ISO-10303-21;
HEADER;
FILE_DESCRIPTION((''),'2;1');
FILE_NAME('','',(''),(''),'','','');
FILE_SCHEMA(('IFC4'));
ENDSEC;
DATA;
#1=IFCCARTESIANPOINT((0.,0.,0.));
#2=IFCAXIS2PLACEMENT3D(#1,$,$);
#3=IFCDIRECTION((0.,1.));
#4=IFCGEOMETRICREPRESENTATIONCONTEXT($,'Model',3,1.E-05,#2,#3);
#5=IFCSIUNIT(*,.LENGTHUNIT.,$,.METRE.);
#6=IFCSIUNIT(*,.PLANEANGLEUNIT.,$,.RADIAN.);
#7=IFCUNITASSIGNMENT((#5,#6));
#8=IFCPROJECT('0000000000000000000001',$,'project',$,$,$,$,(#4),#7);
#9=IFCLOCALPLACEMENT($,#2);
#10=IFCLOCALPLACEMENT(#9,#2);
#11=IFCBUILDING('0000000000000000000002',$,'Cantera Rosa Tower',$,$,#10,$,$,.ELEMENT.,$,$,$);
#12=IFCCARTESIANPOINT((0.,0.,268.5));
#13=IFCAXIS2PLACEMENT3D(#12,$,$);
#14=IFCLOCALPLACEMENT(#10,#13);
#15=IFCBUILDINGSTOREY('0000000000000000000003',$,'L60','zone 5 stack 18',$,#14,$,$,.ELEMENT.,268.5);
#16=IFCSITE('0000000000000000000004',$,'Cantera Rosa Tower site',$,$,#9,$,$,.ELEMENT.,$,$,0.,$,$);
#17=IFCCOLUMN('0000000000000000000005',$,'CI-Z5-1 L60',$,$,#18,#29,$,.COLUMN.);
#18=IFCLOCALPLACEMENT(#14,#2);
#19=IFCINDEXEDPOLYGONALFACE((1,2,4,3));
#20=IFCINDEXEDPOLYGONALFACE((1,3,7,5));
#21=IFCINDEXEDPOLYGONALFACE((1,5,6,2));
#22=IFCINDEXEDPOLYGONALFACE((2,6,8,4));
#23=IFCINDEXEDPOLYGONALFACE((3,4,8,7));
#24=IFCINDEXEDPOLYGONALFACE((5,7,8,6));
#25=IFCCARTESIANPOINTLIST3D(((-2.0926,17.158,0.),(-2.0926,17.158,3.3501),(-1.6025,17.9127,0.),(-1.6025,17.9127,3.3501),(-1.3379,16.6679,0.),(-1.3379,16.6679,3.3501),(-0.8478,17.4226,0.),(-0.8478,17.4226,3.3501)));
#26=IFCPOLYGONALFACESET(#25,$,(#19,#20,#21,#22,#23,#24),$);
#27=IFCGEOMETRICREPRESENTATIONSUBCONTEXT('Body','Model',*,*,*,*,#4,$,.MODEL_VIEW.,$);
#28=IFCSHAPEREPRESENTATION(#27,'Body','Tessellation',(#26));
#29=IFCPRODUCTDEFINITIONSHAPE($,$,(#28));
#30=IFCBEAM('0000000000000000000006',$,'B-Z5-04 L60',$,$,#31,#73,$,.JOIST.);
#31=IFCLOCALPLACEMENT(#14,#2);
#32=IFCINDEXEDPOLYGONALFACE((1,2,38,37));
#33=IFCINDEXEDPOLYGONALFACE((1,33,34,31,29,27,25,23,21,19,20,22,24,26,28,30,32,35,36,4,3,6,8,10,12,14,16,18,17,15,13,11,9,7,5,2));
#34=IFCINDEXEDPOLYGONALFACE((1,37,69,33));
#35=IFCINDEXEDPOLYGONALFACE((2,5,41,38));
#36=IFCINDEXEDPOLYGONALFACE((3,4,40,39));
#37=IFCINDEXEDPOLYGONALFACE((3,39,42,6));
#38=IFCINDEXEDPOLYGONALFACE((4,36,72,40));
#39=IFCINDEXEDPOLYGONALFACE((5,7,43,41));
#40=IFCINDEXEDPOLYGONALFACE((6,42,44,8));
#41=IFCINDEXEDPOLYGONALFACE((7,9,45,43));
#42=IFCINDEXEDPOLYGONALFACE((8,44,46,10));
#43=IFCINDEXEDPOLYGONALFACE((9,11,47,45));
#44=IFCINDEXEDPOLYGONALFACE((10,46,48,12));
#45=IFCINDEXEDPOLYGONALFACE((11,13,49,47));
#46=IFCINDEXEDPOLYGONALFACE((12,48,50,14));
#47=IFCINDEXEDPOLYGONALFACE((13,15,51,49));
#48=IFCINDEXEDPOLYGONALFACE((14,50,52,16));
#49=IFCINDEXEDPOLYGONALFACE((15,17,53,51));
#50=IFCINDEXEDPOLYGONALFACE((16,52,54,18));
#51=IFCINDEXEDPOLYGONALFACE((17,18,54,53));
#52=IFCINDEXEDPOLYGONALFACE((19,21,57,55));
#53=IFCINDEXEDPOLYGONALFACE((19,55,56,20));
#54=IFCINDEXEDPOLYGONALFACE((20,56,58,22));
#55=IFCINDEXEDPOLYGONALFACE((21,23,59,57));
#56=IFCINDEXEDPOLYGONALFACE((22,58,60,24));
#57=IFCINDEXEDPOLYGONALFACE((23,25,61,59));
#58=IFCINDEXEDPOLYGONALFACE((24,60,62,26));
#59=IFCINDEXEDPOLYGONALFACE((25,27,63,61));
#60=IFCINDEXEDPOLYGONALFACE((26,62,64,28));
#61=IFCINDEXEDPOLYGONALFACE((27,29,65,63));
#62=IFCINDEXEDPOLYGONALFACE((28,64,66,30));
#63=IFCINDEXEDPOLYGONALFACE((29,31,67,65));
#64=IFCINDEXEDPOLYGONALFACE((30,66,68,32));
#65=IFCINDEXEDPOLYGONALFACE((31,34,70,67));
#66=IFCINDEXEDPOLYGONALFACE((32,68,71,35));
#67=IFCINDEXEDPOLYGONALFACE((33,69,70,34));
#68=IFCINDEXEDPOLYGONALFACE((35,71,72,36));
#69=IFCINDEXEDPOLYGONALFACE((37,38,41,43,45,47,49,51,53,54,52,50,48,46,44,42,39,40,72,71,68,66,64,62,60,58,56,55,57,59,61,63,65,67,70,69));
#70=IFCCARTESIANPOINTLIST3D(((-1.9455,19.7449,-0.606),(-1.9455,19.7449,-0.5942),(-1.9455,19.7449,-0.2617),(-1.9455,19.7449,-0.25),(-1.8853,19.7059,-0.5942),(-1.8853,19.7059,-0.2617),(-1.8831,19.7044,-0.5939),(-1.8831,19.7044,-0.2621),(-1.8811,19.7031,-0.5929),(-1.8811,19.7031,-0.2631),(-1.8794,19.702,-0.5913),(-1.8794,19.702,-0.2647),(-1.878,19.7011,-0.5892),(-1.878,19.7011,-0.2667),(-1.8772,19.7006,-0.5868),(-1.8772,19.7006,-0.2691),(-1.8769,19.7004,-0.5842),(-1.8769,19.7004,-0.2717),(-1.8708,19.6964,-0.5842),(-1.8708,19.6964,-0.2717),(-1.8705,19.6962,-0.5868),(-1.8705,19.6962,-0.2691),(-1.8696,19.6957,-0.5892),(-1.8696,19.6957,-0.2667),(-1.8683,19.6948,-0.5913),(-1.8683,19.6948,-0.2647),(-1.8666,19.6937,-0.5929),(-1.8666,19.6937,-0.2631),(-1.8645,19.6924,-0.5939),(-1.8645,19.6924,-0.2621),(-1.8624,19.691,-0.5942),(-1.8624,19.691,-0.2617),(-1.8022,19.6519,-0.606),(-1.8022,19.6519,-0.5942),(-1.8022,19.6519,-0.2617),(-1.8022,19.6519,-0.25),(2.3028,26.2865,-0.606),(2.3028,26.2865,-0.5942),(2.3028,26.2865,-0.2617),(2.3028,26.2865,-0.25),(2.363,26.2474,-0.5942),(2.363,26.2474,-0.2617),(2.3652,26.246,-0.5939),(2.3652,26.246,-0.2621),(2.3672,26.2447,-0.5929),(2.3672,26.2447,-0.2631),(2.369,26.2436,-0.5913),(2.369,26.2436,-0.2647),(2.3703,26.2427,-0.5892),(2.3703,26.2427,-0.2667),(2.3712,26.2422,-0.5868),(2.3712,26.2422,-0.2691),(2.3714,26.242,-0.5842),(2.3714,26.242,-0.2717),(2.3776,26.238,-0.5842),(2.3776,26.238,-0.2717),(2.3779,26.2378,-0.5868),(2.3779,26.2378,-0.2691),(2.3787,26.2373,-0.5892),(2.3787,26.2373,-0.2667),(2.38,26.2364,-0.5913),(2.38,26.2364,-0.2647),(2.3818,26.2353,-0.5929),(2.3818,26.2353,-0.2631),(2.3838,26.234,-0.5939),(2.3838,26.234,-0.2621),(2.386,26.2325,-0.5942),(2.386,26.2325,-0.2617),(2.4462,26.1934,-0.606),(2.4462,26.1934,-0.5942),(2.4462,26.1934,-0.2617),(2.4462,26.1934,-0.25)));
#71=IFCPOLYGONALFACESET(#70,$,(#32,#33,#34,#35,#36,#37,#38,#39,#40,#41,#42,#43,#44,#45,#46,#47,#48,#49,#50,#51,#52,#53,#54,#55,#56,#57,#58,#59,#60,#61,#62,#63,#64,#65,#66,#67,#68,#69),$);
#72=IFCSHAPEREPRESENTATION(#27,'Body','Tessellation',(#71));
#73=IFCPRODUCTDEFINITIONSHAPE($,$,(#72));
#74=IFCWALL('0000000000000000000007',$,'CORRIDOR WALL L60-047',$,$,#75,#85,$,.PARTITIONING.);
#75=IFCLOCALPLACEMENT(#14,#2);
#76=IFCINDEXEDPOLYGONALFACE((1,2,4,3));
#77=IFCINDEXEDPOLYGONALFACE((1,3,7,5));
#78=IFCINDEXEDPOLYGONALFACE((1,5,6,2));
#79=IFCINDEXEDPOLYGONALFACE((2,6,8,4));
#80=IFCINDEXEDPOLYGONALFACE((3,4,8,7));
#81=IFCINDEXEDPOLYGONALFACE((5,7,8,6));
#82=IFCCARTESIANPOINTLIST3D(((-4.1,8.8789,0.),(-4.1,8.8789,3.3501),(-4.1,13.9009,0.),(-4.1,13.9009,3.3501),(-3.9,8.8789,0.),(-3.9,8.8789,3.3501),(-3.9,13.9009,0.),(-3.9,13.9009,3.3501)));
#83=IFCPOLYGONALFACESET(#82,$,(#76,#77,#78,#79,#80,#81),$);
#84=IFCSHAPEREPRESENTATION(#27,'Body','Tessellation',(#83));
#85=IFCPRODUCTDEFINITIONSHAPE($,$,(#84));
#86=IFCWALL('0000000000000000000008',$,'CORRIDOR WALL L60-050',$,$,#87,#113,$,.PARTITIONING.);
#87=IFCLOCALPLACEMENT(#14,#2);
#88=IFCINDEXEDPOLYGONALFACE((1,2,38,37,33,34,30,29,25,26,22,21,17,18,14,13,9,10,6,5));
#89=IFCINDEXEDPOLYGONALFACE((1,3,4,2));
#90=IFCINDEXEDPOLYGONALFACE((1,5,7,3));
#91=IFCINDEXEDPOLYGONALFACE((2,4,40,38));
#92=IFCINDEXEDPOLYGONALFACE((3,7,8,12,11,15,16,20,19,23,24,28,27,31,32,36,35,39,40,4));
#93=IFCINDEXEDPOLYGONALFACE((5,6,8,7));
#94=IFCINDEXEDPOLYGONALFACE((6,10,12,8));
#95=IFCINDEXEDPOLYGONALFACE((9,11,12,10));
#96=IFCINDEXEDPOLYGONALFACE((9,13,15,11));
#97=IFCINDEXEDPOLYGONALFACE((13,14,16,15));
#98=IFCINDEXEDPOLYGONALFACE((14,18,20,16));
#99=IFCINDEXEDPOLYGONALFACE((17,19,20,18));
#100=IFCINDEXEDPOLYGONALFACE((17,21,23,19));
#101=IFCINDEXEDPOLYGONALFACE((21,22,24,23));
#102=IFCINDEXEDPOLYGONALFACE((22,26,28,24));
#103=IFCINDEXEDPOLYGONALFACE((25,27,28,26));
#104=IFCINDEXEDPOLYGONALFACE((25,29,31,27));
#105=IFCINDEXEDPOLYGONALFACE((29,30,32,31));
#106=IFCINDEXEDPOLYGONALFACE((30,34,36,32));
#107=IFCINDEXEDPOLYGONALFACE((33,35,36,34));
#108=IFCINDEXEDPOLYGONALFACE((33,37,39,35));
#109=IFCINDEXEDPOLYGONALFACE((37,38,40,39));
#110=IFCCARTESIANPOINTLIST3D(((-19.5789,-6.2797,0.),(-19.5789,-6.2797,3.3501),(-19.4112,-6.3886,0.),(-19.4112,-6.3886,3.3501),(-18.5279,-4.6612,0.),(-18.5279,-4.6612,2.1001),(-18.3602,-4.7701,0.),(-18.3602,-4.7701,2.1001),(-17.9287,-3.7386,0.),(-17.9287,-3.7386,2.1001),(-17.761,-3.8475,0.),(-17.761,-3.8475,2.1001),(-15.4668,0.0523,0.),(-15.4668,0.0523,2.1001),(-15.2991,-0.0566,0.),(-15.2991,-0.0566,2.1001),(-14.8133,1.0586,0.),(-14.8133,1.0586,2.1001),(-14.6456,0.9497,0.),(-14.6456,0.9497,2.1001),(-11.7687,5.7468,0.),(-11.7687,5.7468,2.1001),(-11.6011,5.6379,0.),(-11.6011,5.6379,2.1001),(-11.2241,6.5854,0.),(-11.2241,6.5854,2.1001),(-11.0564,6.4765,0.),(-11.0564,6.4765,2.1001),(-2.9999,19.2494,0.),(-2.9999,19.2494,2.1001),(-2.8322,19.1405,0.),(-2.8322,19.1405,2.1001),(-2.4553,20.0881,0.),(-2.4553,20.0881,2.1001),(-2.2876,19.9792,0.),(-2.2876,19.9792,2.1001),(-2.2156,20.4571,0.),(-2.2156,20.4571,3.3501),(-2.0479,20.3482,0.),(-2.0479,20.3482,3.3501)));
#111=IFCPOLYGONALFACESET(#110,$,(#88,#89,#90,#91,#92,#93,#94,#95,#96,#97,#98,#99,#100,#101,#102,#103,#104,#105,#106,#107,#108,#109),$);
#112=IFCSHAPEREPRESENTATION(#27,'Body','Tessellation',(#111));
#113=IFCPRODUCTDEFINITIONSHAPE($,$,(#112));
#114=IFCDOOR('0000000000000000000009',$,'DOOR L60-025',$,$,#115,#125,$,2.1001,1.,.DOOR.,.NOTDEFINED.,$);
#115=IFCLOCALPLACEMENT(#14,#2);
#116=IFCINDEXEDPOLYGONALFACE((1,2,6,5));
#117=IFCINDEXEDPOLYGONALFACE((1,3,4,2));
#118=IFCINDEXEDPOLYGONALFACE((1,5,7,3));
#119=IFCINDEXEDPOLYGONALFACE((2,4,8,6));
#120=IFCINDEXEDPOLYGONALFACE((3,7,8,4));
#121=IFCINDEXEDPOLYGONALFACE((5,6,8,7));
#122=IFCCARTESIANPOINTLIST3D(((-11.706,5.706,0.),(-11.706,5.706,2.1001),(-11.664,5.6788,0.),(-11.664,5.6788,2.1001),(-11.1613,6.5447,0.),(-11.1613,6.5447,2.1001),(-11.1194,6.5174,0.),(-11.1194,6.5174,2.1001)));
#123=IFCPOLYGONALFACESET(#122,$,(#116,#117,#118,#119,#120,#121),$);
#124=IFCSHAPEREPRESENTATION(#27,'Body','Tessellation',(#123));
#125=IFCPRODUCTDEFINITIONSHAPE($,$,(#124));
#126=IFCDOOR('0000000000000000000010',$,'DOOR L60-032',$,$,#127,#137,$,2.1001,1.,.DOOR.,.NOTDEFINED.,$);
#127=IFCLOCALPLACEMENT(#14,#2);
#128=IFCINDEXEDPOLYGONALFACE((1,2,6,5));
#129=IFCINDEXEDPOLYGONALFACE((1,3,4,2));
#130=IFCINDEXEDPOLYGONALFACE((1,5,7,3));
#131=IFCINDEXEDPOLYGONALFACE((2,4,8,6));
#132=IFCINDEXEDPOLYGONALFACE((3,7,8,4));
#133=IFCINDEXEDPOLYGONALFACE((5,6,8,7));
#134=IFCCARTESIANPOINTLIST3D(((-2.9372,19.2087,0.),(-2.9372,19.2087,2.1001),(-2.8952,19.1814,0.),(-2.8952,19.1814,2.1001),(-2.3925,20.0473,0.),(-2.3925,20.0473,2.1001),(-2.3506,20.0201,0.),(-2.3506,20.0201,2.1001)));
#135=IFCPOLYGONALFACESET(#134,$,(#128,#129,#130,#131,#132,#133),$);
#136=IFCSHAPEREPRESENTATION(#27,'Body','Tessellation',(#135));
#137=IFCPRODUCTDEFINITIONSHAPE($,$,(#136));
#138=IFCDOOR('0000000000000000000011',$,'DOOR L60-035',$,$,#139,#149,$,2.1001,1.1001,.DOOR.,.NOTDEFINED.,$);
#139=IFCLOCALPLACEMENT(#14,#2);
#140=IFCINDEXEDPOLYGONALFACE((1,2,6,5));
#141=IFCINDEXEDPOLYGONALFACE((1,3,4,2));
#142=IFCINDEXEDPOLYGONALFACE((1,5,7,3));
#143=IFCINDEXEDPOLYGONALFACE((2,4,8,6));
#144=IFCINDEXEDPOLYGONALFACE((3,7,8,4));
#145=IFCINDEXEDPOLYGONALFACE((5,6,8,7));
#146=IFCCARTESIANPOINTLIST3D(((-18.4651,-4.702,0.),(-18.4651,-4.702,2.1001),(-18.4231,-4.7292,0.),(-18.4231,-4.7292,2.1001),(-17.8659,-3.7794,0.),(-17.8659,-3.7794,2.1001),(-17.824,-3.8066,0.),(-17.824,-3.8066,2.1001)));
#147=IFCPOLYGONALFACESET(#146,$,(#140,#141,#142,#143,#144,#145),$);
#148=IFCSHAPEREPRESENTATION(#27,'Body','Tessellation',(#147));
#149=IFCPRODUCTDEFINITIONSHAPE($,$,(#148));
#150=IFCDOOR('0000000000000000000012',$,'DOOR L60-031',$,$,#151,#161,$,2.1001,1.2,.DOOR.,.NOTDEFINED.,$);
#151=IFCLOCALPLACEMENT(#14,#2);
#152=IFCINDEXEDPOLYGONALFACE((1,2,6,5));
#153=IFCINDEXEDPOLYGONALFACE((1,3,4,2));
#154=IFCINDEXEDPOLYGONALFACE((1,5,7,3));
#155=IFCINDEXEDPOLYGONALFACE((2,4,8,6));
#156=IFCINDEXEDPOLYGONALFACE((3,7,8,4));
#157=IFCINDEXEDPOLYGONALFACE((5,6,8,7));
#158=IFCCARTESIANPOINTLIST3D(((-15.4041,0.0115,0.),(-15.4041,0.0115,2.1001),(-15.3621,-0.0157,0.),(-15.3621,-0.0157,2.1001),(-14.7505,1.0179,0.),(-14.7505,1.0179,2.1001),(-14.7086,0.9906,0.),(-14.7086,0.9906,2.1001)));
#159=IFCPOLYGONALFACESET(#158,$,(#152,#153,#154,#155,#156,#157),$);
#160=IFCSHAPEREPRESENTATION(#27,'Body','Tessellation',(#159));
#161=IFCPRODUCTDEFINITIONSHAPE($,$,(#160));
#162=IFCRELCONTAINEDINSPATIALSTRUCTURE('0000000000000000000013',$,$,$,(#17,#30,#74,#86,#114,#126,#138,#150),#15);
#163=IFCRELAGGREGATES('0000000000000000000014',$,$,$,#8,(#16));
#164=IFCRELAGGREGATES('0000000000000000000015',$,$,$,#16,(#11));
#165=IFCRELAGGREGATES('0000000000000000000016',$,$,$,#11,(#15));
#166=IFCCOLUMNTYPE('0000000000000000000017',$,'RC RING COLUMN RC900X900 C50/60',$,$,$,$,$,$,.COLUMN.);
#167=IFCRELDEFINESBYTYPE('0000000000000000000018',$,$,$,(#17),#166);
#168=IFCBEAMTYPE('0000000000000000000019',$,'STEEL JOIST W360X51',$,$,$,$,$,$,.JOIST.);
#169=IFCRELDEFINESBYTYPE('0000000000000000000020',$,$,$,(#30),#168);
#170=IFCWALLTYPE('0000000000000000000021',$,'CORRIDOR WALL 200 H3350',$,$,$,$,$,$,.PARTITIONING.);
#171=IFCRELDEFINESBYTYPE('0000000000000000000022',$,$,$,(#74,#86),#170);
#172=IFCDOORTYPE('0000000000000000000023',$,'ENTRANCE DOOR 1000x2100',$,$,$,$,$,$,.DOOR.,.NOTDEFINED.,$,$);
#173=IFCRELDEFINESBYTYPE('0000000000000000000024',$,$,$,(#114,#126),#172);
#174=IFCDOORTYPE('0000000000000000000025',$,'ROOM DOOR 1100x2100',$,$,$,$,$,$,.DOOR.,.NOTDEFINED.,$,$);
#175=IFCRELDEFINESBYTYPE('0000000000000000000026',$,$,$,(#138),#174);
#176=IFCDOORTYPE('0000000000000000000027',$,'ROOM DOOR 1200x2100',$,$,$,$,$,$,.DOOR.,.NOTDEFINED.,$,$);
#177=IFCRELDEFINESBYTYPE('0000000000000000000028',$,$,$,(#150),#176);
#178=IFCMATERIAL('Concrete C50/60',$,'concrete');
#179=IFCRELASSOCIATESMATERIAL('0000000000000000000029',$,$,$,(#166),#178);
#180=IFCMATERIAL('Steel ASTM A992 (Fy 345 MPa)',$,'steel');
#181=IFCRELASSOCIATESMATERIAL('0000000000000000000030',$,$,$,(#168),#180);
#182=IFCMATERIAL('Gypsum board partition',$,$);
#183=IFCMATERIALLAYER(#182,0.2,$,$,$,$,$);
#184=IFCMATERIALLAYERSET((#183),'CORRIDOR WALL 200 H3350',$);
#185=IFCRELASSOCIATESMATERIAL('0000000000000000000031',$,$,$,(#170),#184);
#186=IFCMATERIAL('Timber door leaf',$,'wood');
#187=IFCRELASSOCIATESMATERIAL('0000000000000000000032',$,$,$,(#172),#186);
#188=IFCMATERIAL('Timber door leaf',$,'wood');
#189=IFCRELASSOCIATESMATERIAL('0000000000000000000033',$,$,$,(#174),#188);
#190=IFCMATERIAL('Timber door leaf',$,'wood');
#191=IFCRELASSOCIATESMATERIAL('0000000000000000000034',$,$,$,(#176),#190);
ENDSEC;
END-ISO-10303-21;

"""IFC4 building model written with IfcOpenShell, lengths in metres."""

from ifc_helpers import new_model, si_unit, direction, frame, frame_2d, origin, origin_2d, place, context, subcontext, project, spatial, rectangle, i_section, extrude, material, layer, layer_set, material_profile, profile_set, type_object, element, fill, save


model = new_model("IFC4")

# Units and contexts
model_context = context("Model", 3, precision=1e-05, world=origin(), true_north=direction((0.0, 1.0)))
body_context = subcontext(model_context, "Body", "Model", "MODEL_VIEW")
ifc_project = project(units=[si_unit("LENGTHUNIT", "METRE"), si_unit("PLANEANGLEUNIT", "RADIAN")], contexts=[model_context])

# Site, building, storey
site_placement = place(None, origin())
site = spatial("IfcSite", under=ifc_project, at=site_placement, Name="Cantera Rosa Tower site", CompositionType="ELEMENT", RefElevation=0.0)
building_placement = place(site_placement, origin())
building = spatial("IfcBuilding", under=site, at=building_placement, Name="Cantera Rosa Tower", CompositionType="ELEMENT")
storey_placement = place(building_placement, frame((0.0, 0.0, 268.5)))
storey = spatial("IfcBuildingStorey", under=building, at=storey_placement, Name="L60", Description="zone 5 stack 18", CompositionType="ELEMENT", Elevation=268.5)

# Column
ifc_material_1 = material(Name="Concrete C50/60", Category="concrete")
ifc_material_profile_1 = material_profile(ifc_material_1, rectangle(XDim=0.8999, YDim=0.8999, at=origin_2d()), Name="RC RING COLUMN RC900X900 C50/60")
ifc_profile_set_1 = profile_set([ifc_material_profile_1], Name="Concrete C50/60")
column_type = type_object("IfcColumnType", Name="RC RING COLUMN RC900X900 C50/60", PredefinedType="COLUMN", material=ifc_profile_set_1)
column_placement = place(storey_placement, frame((-1.4702, 17.2903, 0.0), z_axis=(0.0, 0.0, 1.0), x_axis=(0.544639, 0.838671, 0.0)))
element("IfcColumn", 1, at=column_placement, inside=storey, type_object=column_type, Name="CI-Z5-1 L60", PredefinedType="COLUMN", context=body_context, shape_type="SweptSolid", body=[
    extrude(rectangle(XDim=0.8999, YDim=0.8999, at=origin_2d()), origin(), (0.0, 0.0, 1.0), 3.3501),
])

# Beam
ifc_material_2 = material(Name="Steel ASTM A992 (Fy 345 MPa)", Category="steel")
ifc_material_profile_2 = material_profile(ifc_material_2, i_section(OverallWidth=0.1709, OverallDepth=0.356, WebThickness=0.0073, FlangeThickness=0.0117, FilletRadius=0.01, at=origin_2d()), Name="W360X51")
ifc_profile_set_2 = profile_set([ifc_material_profile_2], Name="Steel ASTM A992 (Fy 345 MPa)")
beam_type = type_object("IfcBeamType", Name="STEEL JOIST W360X51", PredefinedType="JOIST", material=ifc_profile_set_2)
beam_placement = place(storey_placement, frame((2.3745, 26.24, -0.428), z_axis=(-0.544656, -0.83866, 0.0), x_axis=(0.83866, -0.544656, 0.0)))
element("IfcBeam", 2, at=beam_placement, inside=storey, type_object=beam_type, Name="B-Z5-04 L60", PredefinedType="JOIST", context=body_context, shape_type="SweptSolid", body=[
    extrude(i_section(OverallWidth=0.1709, OverallDepth=0.356, WebThickness=0.0073, FlangeThickness=0.0117, FilletRadius=0.01, at=origin_2d()), origin(), (0.0, 0.0, 1.0), 7.8),
])

# Wall
ifc_material_3 = material(Name="Gypsum board partition")
ifc_layer_1 = layer(ifc_material_3, 0.2)
ifc_layer_set_1 = layer_set([ifc_layer_1], Name="CORRIDOR WALL 200 H3350")
wall_type_1 = type_object("IfcWallType", Name="CORRIDOR WALL 200 H3350", PredefinedType="PARTITIONING", material=ifc_layer_set_1)
wall_1_placement = place(storey_placement, frame((-4.0, 13.9009, 0.0), z_axis=(0.0, 0.0, 1.0), x_axis=(0.0, -1.0, 0.0)))
element("IfcWall", 3, at=wall_1_placement, inside=storey, type_object=wall_type_1, Name="CORRIDOR WALL L60-047", PredefinedType="PARTITIONING", context=body_context, shape_type="SweptSolid", body=[
    extrude(rectangle(XDim=5.022, YDim=0.2, at=frame_2d((2.511, 0.0))), origin(), (0.0, 0.0, 1.0), 3.3501),
])

# Wall, openings, doors
wall_2_placement = place(storey_placement, frame((-2.1318, 20.4026, 0.0), z_axis=(0.0, 0.0, 1.0), x_axis=(-0.544643, -0.838668, 0.0)))
wall_2 = element("IfcWall", 4, at=wall_2_placement, inside=storey, type_object=wall_type_1, Name="CORRIDOR WALL L60-050", PredefinedType="PARTITIONING", context=body_context, shape_type="SweptSolid", body=[
    extrude(rectangle(XDim=31.8801, YDim=0.2, at=frame_2d((15.9399, 0.0))), origin(), (0.0, 0.0, 1.0), 3.3501),
])
opening_1_placement = place(wall_2_placement, frame((16.54, 0.0, 0.0)))
opening_1 = element("IfcOpeningElement", 5, at=opening_1_placement, cuts=wall_2, PredefinedType="OPENING", context=body_context, shape_type="SweptSolid", body=[
    extrude(rectangle(XDim=1.0, YDim=2.1001, at=frame_2d((0.5, 1.05))), frame((0.0, 0.1099, 0.0), z_axis=(0.0, -1.0, 0.0), x_axis=(1.0, 0.0, 0.0)), (0.0, 0.0, 1.0), 0.22),
])
opening_2_placement = place(wall_2_placement, frame((23.1299, 0.0, 0.0)))
opening_2 = element("IfcOpeningElement", 6, at=opening_2_placement, cuts=wall_2, PredefinedType="OPENING", context=body_context, shape_type="SweptSolid", body=[
    extrude(rectangle(XDim=1.2, YDim=2.1001, at=frame_2d((0.6001, 1.05))), frame((0.0, 0.1099, 0.0), z_axis=(0.0, -1.0, 0.0), x_axis=(1.0, 0.0, 0.0)), (0.0, 0.0, 1.0), 0.22),
])
opening_3_placement = place(wall_2_placement, frame((0.4399, 0.0, 0.0)))
opening_3 = element("IfcOpeningElement", 7, at=opening_3_placement, cuts=wall_2, PredefinedType="OPENING", context=body_context, shape_type="SweptSolid", body=[
    extrude(rectangle(XDim=1.0, YDim=2.1001, at=frame_2d((0.5, 1.05))), frame((0.0, 0.1099, 0.0), z_axis=(0.0, -1.0, 0.0), x_axis=(1.0, 0.0, 0.0)), (0.0, 0.0, 1.0), 0.22),
])
opening_4_placement = place(wall_2_placement, frame((28.8501, 0.0, 0.0)))
opening_4 = element("IfcOpeningElement", 8, at=opening_4_placement, cuts=wall_2, PredefinedType="OPENING", context=body_context, shape_type="SweptSolid", body=[
    extrude(rectangle(XDim=1.1001, YDim=2.1001, at=frame_2d((0.55, 1.05))), frame((0.0, 0.1099, 0.0), z_axis=(0.0, -1.0, 0.0), x_axis=(1.0, 0.0, 0.0)), (0.0, 0.0, 1.0), 0.22),
])
ifc_material_4 = material(Name="Timber door leaf", Category="wood")
door_type_1 = type_object("IfcDoorType", Name="ENTRANCE DOOR 1000x2100", OperationType="NOTDEFINED", PredefinedType="DOOR", material=ifc_material_4)
door_1_placement = place(opening_1_placement, origin())
door_1 = element("IfcDoor", 9, at=door_1_placement, inside=storey, type_object=door_type_1, Name="DOOR L60-025", OperationType="NOTDEFINED", OverallHeight=2.1001, OverallWidth=1.0, PredefinedType="DOOR", context=body_context, shape_type="SweptSolid", body=[
    extrude(rectangle(XDim=1.0, YDim=2.1001, at=frame_2d((0.5, 1.05))), frame((0.0, 0.0249, 0.0), z_axis=(0.0, -1.0, 0.0), x_axis=(1.0, 0.0, 0.0)), (0.0, 0.0, 1.0), 0.05),
])
fill(opening_1, door_1)
door_2_placement = place(opening_3_placement, origin())
door_2 = element("IfcDoor", 10, at=door_2_placement, inside=storey, type_object=door_type_1, Name="DOOR L60-032", OperationType="NOTDEFINED", OverallHeight=2.1001, OverallWidth=1.0, PredefinedType="DOOR", context=body_context, shape_type="SweptSolid", body=[
    extrude(rectangle(XDim=1.0, YDim=2.1001, at=frame_2d((0.5, 1.05))), frame((0.0, 0.0249, 0.0), z_axis=(0.0, -1.0, 0.0), x_axis=(1.0, 0.0, 0.0)), (0.0, 0.0, 1.0), 0.05),
])
fill(opening_3, door_2)
ifc_material_5 = material(Name="Timber door leaf", Category="wood")
door_type_2 = type_object("IfcDoorType", Name="ROOM DOOR 1100x2100", OperationType="NOTDEFINED", PredefinedType="DOOR", material=ifc_material_5)
door_3_placement = place(opening_4_placement, origin())
door_3 = element("IfcDoor", 11, at=door_3_placement, inside=storey, type_object=door_type_2, Name="DOOR L60-035", OperationType="NOTDEFINED", OverallHeight=2.1001, OverallWidth=1.1001, PredefinedType="DOOR", context=body_context, shape_type="SweptSolid", body=[
    extrude(rectangle(XDim=1.1001, YDim=2.1001, at=frame_2d((0.55, 1.05))), frame((0.0, 0.0249, 0.0), z_axis=(0.0, -1.0, 0.0), x_axis=(1.0, 0.0, 0.0)), (0.0, 0.0, 1.0), 0.05),
])
fill(opening_4, door_3)
ifc_material_6 = material(Name="Timber door leaf", Category="wood")
door_type_3 = type_object("IfcDoorType", Name="ROOM DOOR 1200x2100", OperationType="NOTDEFINED", PredefinedType="DOOR", material=ifc_material_6)
door_4_placement = place(opening_2_placement, origin())
door_4 = element("IfcDoor", 12, at=door_4_placement, inside=storey, type_object=door_type_3, Name="DOOR L60-031", OperationType="NOTDEFINED", OverallHeight=2.1001, OverallWidth=1.2, PredefinedType="DOOR", context=body_context, shape_type="SweptSolid", body=[
    extrude(rectangle(XDim=1.2, YDim=2.1001, at=frame_2d((0.6001, 1.05))), frame((0.0, 0.0249, 0.0), z_axis=(0.0, -1.0, 0.0), x_axis=(1.0, 0.0, 0.0)), (0.0, 0.0, 1.0), 0.05),
])
fill(opening_2, door_4)

save(model, "model.ifc")
